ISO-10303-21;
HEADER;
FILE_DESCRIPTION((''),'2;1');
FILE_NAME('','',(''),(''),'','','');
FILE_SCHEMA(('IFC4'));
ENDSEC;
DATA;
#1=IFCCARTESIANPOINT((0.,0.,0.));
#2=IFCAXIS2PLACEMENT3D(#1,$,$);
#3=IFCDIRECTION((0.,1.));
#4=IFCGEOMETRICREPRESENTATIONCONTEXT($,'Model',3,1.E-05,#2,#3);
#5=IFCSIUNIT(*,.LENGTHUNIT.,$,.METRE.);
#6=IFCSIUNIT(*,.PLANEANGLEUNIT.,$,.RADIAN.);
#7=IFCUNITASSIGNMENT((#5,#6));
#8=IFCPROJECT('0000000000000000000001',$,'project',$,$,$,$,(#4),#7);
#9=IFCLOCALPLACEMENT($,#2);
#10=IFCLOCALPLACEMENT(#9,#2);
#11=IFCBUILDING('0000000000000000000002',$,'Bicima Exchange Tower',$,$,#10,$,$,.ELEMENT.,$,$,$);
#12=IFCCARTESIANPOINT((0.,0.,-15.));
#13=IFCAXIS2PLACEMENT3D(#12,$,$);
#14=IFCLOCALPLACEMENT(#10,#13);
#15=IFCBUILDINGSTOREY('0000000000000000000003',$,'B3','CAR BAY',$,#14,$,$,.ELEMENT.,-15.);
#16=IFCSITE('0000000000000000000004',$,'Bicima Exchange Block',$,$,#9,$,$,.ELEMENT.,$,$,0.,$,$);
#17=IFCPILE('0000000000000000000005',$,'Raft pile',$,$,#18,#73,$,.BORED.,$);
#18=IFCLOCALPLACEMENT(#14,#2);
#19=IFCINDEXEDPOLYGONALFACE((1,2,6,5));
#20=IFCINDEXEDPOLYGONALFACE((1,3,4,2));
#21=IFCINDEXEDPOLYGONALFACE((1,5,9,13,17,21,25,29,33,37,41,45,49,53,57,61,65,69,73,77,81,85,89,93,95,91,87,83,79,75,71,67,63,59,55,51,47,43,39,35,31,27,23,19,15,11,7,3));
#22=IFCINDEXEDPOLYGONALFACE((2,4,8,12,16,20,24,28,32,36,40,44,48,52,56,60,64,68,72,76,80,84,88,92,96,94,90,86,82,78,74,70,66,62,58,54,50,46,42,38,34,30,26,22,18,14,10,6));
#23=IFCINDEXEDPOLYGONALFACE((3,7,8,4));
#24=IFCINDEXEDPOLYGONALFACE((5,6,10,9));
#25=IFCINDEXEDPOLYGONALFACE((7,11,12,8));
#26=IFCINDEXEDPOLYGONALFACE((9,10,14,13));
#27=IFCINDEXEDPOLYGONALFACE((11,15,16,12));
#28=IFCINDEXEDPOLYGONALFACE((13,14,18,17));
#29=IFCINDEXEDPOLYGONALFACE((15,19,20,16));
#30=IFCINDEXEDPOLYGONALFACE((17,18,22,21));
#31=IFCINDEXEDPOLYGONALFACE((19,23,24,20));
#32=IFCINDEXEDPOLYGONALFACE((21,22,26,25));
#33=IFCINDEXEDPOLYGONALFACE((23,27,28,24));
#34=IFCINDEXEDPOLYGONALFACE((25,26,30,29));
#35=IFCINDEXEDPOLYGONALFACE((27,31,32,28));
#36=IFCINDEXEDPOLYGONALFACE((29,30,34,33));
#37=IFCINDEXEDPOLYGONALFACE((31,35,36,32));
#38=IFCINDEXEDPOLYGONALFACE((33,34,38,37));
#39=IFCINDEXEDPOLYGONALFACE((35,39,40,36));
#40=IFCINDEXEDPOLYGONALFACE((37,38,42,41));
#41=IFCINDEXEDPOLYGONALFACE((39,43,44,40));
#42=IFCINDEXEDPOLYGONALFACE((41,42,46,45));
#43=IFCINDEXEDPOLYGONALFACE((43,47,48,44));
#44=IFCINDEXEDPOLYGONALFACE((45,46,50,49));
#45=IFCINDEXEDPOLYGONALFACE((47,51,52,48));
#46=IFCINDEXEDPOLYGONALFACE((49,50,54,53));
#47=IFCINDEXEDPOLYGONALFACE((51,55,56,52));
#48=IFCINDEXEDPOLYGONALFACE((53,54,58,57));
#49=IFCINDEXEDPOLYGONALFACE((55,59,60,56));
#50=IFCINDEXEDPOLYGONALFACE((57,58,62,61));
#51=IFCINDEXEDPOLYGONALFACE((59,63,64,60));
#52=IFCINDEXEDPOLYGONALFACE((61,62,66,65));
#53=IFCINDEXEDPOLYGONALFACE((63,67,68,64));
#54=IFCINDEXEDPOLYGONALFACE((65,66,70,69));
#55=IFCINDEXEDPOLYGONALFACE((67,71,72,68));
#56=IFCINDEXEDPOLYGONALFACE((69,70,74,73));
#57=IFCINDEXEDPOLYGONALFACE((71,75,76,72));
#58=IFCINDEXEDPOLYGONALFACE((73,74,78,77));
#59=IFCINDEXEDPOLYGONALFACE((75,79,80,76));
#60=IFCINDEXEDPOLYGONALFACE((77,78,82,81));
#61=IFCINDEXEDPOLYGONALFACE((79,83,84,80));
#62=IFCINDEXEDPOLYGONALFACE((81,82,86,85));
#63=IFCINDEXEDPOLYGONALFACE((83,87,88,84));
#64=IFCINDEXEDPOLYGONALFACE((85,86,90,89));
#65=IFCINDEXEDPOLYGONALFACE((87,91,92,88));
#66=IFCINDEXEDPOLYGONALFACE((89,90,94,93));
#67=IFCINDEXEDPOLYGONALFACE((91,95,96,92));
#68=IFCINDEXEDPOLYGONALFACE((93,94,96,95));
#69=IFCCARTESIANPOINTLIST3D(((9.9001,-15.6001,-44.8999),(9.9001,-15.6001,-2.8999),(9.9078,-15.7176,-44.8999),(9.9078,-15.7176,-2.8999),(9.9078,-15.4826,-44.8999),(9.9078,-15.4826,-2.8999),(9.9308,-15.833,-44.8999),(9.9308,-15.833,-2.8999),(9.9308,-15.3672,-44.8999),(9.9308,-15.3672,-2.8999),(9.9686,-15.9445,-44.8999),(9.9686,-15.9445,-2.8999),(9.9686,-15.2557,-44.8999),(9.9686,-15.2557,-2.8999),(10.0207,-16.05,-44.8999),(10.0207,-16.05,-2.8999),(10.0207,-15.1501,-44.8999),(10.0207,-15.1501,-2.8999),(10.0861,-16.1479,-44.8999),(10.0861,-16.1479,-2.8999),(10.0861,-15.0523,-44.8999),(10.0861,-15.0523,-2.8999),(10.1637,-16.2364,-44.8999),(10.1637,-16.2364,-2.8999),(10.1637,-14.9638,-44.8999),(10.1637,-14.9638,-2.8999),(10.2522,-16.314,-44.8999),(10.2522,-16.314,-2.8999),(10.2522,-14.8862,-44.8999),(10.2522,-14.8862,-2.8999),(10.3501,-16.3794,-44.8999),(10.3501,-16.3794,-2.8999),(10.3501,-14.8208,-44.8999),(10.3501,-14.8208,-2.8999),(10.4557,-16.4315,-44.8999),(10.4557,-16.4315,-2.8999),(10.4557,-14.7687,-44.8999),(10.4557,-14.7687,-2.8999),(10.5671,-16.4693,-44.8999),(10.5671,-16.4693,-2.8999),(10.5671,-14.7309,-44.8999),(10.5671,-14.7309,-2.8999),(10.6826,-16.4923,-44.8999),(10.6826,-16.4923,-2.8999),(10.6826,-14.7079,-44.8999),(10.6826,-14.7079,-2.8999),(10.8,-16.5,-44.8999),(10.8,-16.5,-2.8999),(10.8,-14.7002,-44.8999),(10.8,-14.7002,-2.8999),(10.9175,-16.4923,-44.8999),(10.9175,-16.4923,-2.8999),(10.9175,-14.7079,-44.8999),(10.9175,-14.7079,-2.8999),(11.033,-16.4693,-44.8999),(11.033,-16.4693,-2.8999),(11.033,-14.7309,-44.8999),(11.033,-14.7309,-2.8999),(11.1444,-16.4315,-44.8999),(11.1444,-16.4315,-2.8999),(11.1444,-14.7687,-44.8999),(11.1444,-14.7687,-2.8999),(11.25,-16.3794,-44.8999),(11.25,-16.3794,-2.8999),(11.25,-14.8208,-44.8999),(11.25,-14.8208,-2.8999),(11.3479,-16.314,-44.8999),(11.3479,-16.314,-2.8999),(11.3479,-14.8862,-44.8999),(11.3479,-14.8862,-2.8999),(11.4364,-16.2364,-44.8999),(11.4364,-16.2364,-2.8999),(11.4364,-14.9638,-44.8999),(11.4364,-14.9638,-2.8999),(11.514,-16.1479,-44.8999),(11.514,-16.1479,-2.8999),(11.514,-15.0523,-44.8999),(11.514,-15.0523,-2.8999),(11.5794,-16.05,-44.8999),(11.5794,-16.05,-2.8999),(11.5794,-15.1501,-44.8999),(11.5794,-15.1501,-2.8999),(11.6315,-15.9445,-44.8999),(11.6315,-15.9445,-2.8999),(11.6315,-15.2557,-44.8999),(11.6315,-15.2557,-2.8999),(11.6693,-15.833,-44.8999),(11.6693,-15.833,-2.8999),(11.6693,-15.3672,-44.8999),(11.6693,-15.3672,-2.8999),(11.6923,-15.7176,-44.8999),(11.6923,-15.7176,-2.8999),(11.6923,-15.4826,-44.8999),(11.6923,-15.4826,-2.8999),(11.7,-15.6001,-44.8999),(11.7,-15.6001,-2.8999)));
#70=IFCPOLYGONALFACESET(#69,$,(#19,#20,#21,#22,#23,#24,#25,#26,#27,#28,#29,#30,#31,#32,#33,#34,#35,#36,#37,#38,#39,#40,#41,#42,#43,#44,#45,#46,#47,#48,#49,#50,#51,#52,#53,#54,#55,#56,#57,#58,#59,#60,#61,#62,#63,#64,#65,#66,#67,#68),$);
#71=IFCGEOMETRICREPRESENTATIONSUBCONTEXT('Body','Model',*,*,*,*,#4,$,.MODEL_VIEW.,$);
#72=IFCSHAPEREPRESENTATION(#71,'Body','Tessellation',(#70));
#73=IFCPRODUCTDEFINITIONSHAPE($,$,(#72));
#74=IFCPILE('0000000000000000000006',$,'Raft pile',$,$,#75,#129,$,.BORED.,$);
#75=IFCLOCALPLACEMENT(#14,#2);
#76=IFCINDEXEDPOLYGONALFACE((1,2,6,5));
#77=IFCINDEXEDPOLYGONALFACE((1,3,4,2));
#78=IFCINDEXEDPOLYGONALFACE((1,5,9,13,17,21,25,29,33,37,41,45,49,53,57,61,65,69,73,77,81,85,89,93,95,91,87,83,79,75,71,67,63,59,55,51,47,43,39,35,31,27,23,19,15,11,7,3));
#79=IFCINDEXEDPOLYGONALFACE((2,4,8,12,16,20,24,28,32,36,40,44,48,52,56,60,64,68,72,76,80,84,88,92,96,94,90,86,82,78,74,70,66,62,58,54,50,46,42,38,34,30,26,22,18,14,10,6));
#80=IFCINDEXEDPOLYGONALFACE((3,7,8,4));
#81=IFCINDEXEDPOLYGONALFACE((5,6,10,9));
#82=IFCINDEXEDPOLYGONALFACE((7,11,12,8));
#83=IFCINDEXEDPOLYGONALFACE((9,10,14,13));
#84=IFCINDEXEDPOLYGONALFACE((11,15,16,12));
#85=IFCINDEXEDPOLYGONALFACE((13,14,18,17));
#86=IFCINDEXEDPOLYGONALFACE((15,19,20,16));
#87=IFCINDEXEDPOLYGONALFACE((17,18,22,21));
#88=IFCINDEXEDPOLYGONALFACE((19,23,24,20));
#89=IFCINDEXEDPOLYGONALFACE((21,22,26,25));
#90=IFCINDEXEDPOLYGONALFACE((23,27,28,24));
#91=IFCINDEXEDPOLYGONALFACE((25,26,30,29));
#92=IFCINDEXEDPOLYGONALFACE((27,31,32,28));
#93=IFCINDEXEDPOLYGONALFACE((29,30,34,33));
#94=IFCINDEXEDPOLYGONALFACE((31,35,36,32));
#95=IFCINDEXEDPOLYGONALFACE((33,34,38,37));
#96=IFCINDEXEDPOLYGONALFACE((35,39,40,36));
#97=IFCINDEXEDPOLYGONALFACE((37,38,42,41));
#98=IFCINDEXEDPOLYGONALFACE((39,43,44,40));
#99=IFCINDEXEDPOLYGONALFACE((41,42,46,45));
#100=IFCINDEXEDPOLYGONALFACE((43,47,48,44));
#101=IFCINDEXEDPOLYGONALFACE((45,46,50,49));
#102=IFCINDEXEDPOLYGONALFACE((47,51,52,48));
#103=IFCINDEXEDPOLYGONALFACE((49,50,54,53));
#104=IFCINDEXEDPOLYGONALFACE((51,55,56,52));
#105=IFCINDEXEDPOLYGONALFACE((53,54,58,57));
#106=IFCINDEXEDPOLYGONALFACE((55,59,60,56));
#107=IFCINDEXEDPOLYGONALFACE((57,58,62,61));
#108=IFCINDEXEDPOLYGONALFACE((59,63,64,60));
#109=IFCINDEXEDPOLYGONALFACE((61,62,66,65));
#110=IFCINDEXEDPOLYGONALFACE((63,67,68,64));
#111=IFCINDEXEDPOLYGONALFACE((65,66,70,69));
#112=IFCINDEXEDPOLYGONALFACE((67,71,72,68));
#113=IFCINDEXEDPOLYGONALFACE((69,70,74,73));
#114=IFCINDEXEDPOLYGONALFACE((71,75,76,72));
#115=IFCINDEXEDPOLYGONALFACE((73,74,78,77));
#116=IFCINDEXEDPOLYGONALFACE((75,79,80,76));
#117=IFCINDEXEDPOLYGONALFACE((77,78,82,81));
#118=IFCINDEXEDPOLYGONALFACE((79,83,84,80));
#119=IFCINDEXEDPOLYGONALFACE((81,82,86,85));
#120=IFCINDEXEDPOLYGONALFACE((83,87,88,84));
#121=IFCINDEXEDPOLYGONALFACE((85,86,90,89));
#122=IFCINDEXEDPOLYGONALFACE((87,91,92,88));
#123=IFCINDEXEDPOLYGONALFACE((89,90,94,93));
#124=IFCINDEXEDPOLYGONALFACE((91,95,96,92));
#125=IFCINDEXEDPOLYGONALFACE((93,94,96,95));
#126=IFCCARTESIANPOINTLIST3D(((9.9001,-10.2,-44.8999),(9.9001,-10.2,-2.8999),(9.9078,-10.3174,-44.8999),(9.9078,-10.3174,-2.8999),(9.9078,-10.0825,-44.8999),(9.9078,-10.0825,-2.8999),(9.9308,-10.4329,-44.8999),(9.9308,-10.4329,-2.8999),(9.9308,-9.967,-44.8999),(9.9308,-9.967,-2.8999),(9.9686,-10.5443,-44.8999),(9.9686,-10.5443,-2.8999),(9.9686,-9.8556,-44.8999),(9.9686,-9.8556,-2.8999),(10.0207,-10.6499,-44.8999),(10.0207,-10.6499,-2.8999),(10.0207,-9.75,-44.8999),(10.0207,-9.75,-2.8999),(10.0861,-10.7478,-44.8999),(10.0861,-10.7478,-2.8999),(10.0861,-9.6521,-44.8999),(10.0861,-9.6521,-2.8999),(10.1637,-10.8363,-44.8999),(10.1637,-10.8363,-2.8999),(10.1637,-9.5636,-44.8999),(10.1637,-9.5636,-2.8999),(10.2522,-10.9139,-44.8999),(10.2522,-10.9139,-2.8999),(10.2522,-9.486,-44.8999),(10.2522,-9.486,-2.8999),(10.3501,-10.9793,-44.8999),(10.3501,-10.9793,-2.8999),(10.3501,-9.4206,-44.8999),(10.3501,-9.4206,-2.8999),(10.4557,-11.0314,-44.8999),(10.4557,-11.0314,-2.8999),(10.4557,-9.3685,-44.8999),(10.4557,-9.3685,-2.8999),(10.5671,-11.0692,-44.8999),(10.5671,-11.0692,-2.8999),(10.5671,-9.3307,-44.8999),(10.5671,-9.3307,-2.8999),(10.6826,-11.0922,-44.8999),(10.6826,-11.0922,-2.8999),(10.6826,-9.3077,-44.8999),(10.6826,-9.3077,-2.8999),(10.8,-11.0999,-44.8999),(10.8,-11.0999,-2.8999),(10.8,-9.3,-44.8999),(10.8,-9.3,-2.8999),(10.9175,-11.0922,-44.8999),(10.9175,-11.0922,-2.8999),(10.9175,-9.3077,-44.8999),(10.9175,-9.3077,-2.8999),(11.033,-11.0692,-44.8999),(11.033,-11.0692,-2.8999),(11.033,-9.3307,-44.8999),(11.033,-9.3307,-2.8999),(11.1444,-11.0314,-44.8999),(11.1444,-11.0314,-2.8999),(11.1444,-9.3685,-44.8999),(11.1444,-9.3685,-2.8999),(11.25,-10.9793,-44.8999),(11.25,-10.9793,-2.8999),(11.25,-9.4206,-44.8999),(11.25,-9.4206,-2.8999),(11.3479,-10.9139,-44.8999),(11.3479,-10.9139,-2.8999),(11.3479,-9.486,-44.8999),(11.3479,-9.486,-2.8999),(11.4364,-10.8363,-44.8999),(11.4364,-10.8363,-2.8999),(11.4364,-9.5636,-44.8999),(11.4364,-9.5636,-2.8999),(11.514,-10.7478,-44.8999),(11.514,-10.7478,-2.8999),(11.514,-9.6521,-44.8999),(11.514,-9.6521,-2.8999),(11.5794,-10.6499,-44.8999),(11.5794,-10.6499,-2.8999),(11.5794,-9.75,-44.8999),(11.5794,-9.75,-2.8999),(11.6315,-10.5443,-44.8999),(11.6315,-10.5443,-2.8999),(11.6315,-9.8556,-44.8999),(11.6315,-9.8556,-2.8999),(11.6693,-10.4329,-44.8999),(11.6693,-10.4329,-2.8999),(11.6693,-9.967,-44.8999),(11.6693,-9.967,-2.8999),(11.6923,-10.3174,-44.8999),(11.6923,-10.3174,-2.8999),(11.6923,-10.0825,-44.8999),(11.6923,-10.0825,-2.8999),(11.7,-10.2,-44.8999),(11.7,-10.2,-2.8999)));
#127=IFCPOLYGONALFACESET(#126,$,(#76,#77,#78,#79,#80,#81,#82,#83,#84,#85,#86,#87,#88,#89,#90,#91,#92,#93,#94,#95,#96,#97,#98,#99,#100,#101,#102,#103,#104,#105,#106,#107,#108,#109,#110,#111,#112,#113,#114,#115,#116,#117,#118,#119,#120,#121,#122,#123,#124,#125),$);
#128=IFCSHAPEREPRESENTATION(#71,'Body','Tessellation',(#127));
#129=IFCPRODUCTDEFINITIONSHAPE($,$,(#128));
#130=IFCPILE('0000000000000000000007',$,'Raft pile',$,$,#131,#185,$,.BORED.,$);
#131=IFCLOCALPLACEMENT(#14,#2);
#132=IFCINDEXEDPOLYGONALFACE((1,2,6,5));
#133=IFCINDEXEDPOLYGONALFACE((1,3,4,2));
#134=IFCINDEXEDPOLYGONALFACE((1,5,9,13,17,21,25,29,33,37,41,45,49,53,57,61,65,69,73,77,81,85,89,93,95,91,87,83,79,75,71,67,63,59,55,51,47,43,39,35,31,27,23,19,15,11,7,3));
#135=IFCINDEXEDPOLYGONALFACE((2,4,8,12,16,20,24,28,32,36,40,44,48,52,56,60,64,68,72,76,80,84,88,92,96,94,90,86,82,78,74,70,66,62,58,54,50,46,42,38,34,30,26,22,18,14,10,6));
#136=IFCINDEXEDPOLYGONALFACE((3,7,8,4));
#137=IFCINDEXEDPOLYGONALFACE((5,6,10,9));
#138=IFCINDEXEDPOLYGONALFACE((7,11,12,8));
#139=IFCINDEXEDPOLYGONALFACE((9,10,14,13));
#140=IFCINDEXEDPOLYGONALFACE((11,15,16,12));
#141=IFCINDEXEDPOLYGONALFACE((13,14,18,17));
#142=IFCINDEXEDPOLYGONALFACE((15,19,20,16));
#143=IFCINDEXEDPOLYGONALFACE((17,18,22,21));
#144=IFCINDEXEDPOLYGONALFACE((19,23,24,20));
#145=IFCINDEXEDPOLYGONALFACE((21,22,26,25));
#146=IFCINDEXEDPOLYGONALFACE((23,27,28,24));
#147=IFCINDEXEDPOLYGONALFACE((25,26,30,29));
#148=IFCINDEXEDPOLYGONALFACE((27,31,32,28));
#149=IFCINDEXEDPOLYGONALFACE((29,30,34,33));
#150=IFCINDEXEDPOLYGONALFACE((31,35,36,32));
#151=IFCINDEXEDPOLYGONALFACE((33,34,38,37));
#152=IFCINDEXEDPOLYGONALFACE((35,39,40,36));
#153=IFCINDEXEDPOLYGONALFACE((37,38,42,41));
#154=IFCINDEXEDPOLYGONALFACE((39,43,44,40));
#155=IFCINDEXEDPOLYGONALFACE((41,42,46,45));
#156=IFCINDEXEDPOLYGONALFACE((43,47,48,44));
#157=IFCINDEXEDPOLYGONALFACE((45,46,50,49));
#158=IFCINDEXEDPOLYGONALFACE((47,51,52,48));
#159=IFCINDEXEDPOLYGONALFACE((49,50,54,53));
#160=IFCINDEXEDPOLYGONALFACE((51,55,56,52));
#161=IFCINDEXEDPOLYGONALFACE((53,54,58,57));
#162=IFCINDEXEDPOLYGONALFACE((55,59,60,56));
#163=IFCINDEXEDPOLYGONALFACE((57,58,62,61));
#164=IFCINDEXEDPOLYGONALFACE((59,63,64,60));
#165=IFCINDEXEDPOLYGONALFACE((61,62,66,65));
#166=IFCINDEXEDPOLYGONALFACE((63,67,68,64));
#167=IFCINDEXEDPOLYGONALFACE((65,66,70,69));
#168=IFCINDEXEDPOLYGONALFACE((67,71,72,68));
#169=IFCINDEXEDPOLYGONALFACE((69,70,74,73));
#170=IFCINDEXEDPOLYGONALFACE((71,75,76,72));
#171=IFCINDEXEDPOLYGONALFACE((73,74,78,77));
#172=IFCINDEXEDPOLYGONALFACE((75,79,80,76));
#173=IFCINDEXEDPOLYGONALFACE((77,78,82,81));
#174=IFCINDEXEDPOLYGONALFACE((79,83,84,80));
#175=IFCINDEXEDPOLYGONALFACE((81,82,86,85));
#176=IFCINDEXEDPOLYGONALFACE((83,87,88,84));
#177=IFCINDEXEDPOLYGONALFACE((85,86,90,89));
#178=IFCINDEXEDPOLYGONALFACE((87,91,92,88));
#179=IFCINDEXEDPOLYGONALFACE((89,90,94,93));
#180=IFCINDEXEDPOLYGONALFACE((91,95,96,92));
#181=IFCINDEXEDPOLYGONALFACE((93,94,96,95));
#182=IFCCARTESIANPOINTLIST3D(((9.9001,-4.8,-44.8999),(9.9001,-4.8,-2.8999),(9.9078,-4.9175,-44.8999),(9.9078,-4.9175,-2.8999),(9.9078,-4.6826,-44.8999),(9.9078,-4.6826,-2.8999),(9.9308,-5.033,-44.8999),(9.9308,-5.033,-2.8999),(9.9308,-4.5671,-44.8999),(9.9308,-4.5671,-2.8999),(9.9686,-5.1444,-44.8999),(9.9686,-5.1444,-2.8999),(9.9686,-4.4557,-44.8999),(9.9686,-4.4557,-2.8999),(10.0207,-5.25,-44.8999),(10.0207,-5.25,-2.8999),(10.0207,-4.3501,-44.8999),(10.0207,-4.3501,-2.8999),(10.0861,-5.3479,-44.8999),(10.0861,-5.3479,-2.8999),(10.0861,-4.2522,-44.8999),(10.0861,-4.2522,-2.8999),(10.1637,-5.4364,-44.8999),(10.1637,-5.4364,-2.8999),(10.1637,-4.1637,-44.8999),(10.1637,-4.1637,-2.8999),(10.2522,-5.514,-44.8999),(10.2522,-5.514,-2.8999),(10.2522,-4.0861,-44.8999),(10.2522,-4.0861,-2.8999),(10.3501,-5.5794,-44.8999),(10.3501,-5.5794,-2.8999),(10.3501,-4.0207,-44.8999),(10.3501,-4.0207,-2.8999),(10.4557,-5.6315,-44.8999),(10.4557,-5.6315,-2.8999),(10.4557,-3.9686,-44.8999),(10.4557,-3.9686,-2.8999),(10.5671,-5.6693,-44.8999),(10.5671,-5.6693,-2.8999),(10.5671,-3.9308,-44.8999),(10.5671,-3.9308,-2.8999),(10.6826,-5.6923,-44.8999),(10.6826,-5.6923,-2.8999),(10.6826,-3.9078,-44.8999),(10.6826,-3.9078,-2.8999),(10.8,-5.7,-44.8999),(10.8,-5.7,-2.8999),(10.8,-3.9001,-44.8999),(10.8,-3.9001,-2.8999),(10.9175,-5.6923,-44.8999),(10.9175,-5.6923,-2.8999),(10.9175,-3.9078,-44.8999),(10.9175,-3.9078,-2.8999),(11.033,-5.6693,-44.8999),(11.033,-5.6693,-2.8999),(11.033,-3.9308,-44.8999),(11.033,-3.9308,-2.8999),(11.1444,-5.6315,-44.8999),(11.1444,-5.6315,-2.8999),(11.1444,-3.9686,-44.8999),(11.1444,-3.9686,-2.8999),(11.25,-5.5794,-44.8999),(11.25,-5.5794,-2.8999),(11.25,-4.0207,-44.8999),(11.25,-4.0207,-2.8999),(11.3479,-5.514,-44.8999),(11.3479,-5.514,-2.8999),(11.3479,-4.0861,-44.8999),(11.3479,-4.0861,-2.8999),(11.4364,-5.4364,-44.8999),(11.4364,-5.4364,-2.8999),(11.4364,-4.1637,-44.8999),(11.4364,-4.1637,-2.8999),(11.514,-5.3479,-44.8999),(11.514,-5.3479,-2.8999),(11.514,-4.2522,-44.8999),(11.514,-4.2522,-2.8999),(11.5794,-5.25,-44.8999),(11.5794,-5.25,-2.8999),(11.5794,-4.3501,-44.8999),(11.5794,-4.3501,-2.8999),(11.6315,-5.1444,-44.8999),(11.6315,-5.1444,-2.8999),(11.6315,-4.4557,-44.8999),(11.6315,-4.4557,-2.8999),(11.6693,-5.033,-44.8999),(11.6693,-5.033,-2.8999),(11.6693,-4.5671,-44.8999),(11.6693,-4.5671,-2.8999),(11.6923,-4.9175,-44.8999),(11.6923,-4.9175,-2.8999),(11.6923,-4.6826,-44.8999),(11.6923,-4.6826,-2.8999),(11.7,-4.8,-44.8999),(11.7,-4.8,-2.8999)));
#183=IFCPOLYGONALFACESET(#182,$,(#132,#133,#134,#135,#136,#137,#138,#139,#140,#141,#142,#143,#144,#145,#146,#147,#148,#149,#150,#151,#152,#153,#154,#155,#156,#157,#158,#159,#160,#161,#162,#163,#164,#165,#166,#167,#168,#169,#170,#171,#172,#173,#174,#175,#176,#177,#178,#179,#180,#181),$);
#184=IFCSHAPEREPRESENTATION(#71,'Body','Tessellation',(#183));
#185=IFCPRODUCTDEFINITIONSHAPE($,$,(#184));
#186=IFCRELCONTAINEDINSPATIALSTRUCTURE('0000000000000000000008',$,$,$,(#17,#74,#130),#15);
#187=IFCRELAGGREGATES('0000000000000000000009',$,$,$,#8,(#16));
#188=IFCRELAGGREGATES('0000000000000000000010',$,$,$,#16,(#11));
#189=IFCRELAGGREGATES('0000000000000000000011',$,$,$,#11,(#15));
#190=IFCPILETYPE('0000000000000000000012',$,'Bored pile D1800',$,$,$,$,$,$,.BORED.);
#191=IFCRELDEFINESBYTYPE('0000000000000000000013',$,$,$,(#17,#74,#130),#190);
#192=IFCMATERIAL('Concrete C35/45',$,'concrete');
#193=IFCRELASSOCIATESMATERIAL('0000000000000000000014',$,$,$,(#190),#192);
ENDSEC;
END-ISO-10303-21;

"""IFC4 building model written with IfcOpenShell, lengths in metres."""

from ifc_helpers import new_model, si_unit, direction, frame, origin, origin_2d, place, context, subcontext, project, spatial, circle, extrude, material, material_profile, profile_set, type_object, element, save


model = new_model("IFC4")

# Units and contexts
model_context = context("Model", 3, precision=1e-05, world=origin(), true_north=direction((0.0, 1.0)))
body_context = subcontext(model_context, "Body", "Model", "MODEL_VIEW")
ifc_project = project(units=[si_unit("LENGTHUNIT", "METRE"), si_unit("PLANEANGLEUNIT", "RADIAN")], contexts=[model_context])

# Site, building, storey
site_placement = place(None, origin())
site = spatial("IfcSite", under=ifc_project, at=site_placement, Name="Bicima Exchange Block", CompositionType="ELEMENT", RefElevation=0.0)
building_placement = place(site_placement, origin())
building = spatial("IfcBuilding", under=site, at=building_placement, Name="Bicima Exchange Tower", CompositionType="ELEMENT")
storey_placement = place(building_placement, frame((0.0, 0.0, -15.0)))
storey = spatial("IfcBuildingStorey", under=building, at=storey_placement, Name="B3", Description="CAR BAY", CompositionType="ELEMENT", Elevation=-15.0)

# Piles
ifc_material_1 = material(Name="Concrete C35/45", Category="concrete")
ifc_material_profile = material_profile(ifc_material_1, circle(Radius=0.8999, at=origin_2d()))
ifc_profile_set = profile_set([ifc_material_profile], Name="Concrete C35/45")
pile_type = type_object("IfcPileType", Name="Bored pile D1800", PredefinedType="BORED", material=ifc_profile_set)
for number, where, z_axis, x_axis, name in (
    (1, (10.8, -15.6001, -2.8999), (0.0, 0.0, -1.0), (1.0, 0.0, 0.0), "Raft pile"),
    (2, (10.8, -10.2, -2.8999), (0.0, 0.0, -1.0), (1.0, 0.0, 0.0), "Raft pile"),
    (3, (10.8, -4.8, -2.8999), (0.0, 0.0, -1.0), (1.0, 0.0, 0.0), "Raft pile"),
):
    element("IfcPile", number, at=place(storey_placement, frame(where, z_axis=z_axis, x_axis=x_axis)), inside=storey, type_object=pile_type, Name=name, PredefinedType="BORED", context=body_context, shape_type="SweptSolid", body=[
        extrude(circle(Radius=0.8999, at=origin_2d()), origin(), (0.0, 0.0, 1.0), 42.0),
    ])

save(model, "model.ifc")
